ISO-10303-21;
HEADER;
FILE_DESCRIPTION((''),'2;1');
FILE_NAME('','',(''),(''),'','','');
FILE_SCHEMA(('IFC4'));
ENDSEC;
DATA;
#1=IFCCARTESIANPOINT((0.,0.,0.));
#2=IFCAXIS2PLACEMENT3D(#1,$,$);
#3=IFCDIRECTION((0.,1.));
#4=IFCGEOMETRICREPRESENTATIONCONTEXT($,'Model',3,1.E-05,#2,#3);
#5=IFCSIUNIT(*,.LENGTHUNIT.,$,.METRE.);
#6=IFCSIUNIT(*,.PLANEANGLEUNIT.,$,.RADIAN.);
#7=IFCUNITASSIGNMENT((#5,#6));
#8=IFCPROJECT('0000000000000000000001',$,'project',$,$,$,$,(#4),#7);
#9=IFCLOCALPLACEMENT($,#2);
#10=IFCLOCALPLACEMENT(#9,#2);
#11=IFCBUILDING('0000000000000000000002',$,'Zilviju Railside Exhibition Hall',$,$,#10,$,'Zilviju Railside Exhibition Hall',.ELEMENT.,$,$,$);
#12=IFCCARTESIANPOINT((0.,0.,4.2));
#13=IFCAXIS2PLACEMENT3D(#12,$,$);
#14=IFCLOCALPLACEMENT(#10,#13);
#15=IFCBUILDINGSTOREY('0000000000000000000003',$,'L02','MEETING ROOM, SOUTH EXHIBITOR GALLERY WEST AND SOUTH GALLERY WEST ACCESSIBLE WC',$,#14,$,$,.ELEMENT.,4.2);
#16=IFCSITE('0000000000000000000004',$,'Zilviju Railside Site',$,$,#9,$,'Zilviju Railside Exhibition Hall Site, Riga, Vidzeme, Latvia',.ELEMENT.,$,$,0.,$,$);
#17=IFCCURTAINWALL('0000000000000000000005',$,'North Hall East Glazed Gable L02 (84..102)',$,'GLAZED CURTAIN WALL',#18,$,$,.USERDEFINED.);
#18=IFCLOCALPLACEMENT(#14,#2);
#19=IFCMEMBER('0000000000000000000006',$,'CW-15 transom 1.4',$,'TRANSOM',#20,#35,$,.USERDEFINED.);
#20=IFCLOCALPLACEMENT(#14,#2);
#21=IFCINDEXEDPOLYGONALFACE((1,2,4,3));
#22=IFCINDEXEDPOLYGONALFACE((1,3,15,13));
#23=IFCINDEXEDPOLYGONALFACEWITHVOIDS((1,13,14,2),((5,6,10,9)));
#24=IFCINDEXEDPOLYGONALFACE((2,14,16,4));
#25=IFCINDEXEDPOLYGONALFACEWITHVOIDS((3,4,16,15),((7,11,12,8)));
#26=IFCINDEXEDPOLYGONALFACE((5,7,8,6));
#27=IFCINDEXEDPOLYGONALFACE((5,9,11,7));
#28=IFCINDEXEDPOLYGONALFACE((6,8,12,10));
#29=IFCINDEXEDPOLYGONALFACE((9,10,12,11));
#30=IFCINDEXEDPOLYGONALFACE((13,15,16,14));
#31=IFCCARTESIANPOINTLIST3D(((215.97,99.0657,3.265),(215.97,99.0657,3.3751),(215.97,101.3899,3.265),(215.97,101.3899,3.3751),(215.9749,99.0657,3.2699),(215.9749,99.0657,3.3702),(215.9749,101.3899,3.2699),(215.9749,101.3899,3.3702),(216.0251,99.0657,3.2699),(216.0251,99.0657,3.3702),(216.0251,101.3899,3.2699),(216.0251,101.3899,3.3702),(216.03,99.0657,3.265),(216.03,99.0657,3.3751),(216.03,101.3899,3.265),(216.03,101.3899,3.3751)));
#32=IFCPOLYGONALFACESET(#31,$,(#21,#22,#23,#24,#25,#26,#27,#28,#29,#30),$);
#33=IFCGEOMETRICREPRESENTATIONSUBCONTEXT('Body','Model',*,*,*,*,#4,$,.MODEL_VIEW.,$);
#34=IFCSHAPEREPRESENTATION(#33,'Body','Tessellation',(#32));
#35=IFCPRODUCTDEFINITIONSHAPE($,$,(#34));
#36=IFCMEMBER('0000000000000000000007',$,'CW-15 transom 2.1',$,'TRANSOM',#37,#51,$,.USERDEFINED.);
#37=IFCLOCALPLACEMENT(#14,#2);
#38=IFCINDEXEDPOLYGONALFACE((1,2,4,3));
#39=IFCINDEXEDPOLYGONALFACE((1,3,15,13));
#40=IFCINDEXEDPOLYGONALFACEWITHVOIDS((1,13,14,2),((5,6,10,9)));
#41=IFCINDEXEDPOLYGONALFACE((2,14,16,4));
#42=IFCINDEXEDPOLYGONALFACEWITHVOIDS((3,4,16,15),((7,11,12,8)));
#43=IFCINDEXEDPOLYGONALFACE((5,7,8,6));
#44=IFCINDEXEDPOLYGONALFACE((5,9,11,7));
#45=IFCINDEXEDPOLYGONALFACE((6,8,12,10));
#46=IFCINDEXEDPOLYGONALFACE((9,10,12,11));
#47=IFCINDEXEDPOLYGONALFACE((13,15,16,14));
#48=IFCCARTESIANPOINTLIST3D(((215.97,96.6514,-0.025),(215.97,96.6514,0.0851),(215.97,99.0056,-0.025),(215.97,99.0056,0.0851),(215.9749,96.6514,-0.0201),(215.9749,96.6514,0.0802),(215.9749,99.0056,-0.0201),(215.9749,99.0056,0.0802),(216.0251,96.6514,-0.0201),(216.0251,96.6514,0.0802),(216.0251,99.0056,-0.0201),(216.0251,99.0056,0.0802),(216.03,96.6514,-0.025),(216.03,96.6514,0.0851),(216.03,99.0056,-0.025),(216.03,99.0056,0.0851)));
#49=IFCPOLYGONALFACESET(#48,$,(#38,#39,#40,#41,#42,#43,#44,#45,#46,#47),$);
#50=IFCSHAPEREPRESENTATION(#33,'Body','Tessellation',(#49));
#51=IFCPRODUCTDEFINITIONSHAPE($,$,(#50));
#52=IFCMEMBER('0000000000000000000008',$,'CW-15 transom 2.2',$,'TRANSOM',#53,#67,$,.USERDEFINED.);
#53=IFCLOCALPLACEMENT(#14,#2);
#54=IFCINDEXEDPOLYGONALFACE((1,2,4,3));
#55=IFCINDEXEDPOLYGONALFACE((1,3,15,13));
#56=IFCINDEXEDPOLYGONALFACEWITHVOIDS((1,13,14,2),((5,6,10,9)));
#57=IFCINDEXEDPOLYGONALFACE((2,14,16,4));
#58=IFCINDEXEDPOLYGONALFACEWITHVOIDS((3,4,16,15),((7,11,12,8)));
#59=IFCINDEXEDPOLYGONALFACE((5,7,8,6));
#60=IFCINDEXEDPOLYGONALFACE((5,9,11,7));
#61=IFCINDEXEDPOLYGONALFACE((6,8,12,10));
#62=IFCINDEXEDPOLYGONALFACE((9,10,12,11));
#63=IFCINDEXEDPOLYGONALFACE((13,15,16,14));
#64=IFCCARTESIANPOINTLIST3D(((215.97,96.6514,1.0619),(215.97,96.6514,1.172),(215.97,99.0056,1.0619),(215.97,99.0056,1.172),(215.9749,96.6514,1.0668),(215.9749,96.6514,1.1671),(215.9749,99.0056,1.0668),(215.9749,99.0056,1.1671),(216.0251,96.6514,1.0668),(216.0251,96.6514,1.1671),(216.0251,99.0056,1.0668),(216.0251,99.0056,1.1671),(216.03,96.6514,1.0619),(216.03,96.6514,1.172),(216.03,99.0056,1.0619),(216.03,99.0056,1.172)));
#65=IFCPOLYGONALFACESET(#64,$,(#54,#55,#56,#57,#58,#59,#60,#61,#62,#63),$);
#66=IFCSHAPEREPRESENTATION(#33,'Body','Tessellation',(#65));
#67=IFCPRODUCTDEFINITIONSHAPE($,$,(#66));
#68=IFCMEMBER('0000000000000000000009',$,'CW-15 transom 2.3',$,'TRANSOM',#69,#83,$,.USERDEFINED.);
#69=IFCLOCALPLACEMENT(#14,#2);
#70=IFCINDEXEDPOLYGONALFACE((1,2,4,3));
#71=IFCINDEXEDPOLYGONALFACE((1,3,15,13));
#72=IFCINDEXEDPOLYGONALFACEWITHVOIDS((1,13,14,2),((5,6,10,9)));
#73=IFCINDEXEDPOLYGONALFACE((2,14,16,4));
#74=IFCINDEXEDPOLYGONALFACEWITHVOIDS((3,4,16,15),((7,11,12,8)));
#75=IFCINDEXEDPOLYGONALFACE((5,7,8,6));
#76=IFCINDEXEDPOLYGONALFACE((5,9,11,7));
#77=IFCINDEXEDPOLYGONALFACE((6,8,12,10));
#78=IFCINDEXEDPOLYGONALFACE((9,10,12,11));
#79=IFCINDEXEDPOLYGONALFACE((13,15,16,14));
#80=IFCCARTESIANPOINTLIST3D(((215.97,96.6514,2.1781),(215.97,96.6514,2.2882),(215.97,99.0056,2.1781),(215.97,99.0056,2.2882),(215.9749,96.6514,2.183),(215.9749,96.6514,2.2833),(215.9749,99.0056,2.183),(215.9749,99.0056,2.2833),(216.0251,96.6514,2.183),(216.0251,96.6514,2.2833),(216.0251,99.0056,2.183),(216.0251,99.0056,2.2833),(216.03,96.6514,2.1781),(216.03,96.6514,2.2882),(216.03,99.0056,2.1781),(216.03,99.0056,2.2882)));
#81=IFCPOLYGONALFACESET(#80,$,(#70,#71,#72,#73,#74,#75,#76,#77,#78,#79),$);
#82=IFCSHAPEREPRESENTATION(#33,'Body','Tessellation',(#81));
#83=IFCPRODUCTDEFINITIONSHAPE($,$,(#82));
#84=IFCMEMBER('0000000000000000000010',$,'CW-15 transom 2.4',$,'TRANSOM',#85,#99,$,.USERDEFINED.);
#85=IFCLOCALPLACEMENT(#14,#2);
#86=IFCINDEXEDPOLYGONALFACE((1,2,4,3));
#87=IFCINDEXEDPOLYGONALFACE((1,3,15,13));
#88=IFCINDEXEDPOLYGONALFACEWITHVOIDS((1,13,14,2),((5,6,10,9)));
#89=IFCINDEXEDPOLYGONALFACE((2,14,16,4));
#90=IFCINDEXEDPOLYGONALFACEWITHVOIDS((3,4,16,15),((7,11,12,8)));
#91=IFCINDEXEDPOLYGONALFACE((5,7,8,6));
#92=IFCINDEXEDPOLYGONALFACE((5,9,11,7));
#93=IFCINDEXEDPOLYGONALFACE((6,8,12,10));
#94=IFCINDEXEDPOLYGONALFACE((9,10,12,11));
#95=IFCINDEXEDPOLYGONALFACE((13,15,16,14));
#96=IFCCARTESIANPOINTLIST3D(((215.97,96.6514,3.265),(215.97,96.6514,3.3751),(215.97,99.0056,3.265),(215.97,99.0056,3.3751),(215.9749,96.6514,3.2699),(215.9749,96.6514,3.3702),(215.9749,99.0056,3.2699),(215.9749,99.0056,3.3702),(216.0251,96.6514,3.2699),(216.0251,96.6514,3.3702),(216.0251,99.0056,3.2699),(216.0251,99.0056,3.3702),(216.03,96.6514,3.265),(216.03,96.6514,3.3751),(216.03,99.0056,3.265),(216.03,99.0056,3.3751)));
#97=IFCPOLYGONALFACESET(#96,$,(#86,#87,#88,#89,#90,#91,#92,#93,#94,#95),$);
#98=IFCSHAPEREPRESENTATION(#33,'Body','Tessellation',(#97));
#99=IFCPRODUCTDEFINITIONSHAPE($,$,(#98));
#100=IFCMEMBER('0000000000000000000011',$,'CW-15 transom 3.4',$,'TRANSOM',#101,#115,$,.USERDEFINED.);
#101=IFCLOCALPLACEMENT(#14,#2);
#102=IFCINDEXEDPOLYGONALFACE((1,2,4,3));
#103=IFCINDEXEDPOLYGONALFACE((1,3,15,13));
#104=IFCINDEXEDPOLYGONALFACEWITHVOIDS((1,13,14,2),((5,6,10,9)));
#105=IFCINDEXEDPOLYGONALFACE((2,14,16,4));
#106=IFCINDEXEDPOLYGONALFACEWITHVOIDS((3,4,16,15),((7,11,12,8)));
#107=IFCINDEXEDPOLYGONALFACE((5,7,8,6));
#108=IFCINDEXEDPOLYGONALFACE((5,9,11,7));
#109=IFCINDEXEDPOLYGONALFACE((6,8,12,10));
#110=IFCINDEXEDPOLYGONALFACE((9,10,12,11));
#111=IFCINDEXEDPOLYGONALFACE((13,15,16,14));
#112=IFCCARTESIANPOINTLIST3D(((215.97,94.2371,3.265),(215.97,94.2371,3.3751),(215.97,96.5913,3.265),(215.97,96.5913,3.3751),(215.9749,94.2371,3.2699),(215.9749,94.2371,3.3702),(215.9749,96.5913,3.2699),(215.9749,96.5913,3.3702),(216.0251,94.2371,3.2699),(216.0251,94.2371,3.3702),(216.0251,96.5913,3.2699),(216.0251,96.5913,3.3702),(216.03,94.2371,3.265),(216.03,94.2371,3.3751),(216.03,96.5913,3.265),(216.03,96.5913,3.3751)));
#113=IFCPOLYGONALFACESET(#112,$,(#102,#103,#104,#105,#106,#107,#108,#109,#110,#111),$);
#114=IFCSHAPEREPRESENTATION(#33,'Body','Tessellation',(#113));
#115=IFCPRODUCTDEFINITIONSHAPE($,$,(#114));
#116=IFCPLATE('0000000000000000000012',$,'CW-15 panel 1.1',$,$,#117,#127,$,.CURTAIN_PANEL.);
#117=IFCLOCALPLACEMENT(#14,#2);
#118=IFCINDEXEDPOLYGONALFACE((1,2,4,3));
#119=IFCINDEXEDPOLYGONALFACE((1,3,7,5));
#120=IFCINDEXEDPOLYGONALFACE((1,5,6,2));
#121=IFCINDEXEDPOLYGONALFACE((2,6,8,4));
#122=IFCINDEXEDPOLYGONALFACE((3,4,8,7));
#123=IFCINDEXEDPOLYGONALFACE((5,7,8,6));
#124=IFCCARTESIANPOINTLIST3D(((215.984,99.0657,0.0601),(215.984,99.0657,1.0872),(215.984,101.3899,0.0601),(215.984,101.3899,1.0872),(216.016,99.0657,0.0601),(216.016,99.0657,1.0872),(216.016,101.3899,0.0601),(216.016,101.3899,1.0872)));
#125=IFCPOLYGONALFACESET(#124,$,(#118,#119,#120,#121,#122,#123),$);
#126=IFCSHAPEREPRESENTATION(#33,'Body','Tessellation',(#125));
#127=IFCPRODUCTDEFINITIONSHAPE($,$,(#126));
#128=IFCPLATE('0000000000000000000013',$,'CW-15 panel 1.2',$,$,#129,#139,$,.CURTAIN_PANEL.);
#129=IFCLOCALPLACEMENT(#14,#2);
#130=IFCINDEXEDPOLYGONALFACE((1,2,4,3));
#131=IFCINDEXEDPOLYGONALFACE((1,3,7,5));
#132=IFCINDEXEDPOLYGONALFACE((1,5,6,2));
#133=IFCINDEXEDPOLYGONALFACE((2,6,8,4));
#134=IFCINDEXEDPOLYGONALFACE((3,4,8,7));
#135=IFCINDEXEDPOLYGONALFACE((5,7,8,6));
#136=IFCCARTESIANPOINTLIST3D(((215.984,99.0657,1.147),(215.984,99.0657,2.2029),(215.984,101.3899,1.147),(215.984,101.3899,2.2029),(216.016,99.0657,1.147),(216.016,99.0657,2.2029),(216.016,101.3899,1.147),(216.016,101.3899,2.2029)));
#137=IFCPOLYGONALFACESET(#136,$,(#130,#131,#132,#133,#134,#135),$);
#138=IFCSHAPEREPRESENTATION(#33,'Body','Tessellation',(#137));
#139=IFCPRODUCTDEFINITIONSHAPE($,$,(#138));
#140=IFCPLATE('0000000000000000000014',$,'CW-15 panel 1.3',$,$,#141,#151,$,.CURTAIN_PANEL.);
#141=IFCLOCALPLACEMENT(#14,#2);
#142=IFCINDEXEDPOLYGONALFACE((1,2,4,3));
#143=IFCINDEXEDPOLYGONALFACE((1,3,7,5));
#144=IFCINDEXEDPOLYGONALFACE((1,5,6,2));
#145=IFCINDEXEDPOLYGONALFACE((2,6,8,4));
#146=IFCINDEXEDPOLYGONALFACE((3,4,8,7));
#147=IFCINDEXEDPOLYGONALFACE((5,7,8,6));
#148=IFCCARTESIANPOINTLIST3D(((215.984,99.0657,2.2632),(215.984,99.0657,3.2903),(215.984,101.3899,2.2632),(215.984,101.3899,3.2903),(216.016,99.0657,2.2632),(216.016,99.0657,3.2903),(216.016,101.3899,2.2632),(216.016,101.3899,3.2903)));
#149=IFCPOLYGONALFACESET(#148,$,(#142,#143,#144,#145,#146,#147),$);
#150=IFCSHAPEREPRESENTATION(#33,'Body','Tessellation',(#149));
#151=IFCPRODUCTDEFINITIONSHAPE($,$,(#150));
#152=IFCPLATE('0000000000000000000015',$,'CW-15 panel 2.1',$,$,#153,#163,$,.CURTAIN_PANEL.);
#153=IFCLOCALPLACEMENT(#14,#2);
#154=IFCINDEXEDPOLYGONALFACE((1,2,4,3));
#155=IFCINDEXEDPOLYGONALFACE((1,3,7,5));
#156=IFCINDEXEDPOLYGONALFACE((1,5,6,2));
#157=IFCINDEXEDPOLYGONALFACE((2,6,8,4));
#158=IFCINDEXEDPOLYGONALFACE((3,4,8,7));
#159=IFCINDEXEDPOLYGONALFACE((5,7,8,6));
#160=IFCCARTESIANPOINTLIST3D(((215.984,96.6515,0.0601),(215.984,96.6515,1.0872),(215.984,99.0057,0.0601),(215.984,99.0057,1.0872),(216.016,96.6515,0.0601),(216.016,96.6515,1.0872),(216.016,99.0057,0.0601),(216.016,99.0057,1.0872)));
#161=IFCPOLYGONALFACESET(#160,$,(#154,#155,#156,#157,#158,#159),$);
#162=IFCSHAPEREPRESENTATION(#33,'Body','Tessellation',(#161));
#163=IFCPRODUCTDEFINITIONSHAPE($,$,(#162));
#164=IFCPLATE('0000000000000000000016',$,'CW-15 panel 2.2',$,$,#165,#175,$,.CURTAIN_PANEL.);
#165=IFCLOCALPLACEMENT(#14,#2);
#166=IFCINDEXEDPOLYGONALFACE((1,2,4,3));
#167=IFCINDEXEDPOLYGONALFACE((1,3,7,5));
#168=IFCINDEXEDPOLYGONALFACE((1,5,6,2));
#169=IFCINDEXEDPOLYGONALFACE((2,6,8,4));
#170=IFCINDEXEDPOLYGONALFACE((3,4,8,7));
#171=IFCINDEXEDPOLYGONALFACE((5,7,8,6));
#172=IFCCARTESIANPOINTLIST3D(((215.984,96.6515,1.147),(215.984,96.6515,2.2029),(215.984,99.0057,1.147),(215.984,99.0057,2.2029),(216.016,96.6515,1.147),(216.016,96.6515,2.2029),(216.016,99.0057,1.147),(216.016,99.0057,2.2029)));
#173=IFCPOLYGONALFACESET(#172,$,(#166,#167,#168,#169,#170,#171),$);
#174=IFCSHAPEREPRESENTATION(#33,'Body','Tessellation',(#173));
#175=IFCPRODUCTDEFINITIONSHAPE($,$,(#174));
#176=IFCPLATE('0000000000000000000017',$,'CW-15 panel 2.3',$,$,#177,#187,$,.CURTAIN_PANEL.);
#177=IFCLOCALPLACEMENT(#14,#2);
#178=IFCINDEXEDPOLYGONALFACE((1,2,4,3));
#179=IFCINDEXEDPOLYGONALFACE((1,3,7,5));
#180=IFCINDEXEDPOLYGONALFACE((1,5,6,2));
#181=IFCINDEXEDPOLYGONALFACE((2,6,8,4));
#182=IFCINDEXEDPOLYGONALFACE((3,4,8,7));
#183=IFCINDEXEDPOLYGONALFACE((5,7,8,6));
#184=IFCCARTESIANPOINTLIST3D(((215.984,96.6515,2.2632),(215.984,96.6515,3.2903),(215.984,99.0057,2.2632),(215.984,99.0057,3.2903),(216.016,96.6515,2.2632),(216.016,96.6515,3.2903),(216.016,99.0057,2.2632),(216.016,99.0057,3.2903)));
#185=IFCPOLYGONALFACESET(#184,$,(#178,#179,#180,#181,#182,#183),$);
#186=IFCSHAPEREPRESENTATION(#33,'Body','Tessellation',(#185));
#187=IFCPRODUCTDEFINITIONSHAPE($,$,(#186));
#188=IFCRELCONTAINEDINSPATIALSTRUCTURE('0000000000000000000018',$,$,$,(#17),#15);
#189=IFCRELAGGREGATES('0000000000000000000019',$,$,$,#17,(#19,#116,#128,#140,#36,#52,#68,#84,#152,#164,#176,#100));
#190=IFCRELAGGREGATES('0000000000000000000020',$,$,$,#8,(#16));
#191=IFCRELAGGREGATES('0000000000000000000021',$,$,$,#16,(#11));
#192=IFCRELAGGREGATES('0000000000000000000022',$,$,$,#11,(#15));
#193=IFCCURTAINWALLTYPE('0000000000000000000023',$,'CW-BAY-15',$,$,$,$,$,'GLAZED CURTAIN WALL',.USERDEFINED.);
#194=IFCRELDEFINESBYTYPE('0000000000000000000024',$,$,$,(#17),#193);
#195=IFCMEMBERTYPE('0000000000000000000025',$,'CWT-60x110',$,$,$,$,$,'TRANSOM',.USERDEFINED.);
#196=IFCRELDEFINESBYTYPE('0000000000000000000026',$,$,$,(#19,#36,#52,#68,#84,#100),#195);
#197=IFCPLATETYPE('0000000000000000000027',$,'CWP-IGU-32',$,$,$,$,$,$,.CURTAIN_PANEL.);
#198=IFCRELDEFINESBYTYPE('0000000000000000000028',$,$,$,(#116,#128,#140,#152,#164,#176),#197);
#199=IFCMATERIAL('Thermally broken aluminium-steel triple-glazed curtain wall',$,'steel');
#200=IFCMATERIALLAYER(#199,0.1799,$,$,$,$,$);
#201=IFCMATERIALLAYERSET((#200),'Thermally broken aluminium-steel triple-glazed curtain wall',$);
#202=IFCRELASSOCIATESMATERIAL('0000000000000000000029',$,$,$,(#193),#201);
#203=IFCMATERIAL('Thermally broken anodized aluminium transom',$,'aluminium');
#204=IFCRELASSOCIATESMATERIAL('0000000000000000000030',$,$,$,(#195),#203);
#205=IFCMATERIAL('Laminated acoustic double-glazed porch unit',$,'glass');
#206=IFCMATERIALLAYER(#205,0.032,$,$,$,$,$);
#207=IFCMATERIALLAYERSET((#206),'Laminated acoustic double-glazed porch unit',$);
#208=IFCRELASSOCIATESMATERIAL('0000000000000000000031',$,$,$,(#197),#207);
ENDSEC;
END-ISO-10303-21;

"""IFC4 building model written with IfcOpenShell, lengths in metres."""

from ifc_helpers import new_model, si_unit, direction, frame, origin, origin_2d, place, context, subcontext, project, spatial, rectangle, hollow_rectangle, extrude, material, layer, layer_set, material_profile, profile_set, type_object, element, aggregate, save


model = new_model("IFC4")

# Units and contexts
model_context = context("Model", 3, precision=1e-05, world=origin(), true_north=direction((0.0, 1.0)))
body_context = subcontext(model_context, "Body", "Model", "MODEL_VIEW")
ifc_project = project(units=[si_unit("LENGTHUNIT", "METRE"), si_unit("PLANEANGLEUNIT", "RADIAN")], contexts=[model_context])

# Site, building, storey
site_placement = place(None, origin())
site = spatial("IfcSite", under=ifc_project, at=site_placement, Name="Zilviju Railside Site", LongName="Zilviju Railside Exhibition Hall Site, Riga, Vidzeme, Latvia", CompositionType="ELEMENT", RefElevation=0.0)
building_placement = place(site_placement, origin())
building = spatial("IfcBuilding", under=site, at=building_placement, Name="Zilviju Railside Exhibition Hall", LongName="Zilviju Railside Exhibition Hall", CompositionType="ELEMENT")
storey_placement = place(building_placement, frame((0.0, 0.0, 4.2)))
storey = spatial("IfcBuildingStorey", under=building, at=storey_placement, Name="L02", Description="MEETING ROOM, SOUTH EXHIBITOR GALLERY WEST AND SOUTH GALLERY WEST ACCESSIBLE WC", CompositionType="ELEMENT", Elevation=4.2)

# Curtain wall, members, plates
ifc_material_1 = material(Name="Thermally broken aluminium-steel triple-glazed curtain wall", Category="steel")
ifc_layer_1 = layer(ifc_material_1, 0.1799)
ifc_layer_set_1 = layer_set([ifc_layer_1], Name="Thermally broken aluminium-steel triple-glazed curtain wall")
curtain_wall_type = type_object("IfcCurtainWallType", Name="CW-BAY-15", ElementType="GLAZED CURTAIN WALL", PredefinedType="USERDEFINED", material=ifc_layer_set_1)
curtain_wall_placement = place(storey_placement, origin())
curtain_wall = element("IfcCurtainWall", 1, at=curtain_wall_placement, inside=storey, type_object=curtain_wall_type, Name="North Hall East Glazed Gable L02 (84..102)", ObjectType="GLAZED CURTAIN WALL", PredefinedType="USERDEFINED")
ifc_material_2 = material(Name="Thermally broken anodized aluminium transom", Category="aluminium")
ifc_material_profile_1 = material_profile(ifc_material_2, hollow_rectangle(XDim=0.0601, YDim=0.1101, WallThickness=0.0049, at=origin_2d()), Name="TRANSOM 110x60x5")
ifc_profile_set_1 = profile_set([ifc_material_profile_1], Name="Thermally broken anodized aluminium transom")
member_type_1 = type_object("IfcMemberType", Name="CWT-60x110", ElementType="TRANSOM", PredefinedType="USERDEFINED", material=ifc_profile_set_1)
member_1_placement = place(storey_placement, frame((216.0, 101.3899, 3.3201), z_axis=(0.0, -1.0, 0.0), x_axis=(1.0, 0.0, 0.0)))
member_1 = element("IfcMember", 2, at=member_1_placement, type_object=member_type_1, Name="CW-15 transom 1.4", ObjectType="TRANSOM", PredefinedType="USERDEFINED", context=body_context, shape_type="SweptSolid", body=[
    extrude(hollow_rectangle(XDim=0.0601, YDim=0.1101, WallThickness=0.0049, at=origin_2d()), origin(), (0.0, 0.0, 1.0), 2.3242),
])
member_2_placement = place(storey_placement, frame((216.0, 99.0056, 0.03), z_axis=(0.0, -1.0, 0.0), x_axis=(1.0, 0.0, 0.0)))
member_2 = element("IfcMember", 3, at=member_2_placement, type_object=member_type_1, Name="CW-15 transom 2.1", ObjectType="TRANSOM", PredefinedType="USERDEFINED", context=body_context, shape_type="SweptSolid", body=[
    extrude(hollow_rectangle(XDim=0.0601, YDim=0.1101, WallThickness=0.0049, at=origin_2d()), origin(), (0.0, 0.0, 1.0), 2.3542),
])
member_3_placement = place(storey_placement, frame((216.0, 99.0056, 1.1169), z_axis=(0.0, -1.0, 0.0), x_axis=(1.0, 0.0, 0.0)))
member_3 = element("IfcMember", 4, at=member_3_placement, type_object=member_type_1, Name="CW-15 transom 2.2", ObjectType="TRANSOM", PredefinedType="USERDEFINED", context=body_context, shape_type="SweptSolid", body=[
    extrude(hollow_rectangle(XDim=0.0601, YDim=0.1101, WallThickness=0.0049, at=origin_2d()), origin(), (0.0, 0.0, 1.0), 2.3542),
])
member_4_placement = place(storey_placement, frame((216.0, 99.0056, 2.2332), z_axis=(0.0, -1.0, 0.0), x_axis=(1.0, 0.0, 0.0)))
member_4 = element("IfcMember", 5, at=member_4_placement, type_object=member_type_1, Name="CW-15 transom 2.3", ObjectType="TRANSOM", PredefinedType="USERDEFINED", context=body_context, shape_type="SweptSolid", body=[
    extrude(hollow_rectangle(XDim=0.0601, YDim=0.1101, WallThickness=0.0049, at=origin_2d()), origin(), (0.0, 0.0, 1.0), 2.3542),
])
member_5_placement = place(storey_placement, frame((216.0, 99.0056, 3.3201), z_axis=(0.0, -1.0, 0.0), x_axis=(1.0, 0.0, 0.0)))
member_5 = element("IfcMember", 6, at=member_5_placement, type_object=member_type_1, Name="CW-15 transom 2.4", ObjectType="TRANSOM", PredefinedType="USERDEFINED", context=body_context, shape_type="SweptSolid", body=[
    extrude(hollow_rectangle(XDim=0.0601, YDim=0.1101, WallThickness=0.0049, at=origin_2d()), origin(), (0.0, 0.0, 1.0), 2.3542),
])
member_6_placement = place(storey_placement, frame((216.0, 96.5913, 3.3201), z_axis=(0.0, -1.0, 0.0), x_axis=(1.0, 0.0, 0.0)))
member_6 = element("IfcMember", 7, at=member_6_placement, type_object=member_type_1, Name="CW-15 transom 3.4", ObjectType="TRANSOM", PredefinedType="USERDEFINED", context=body_context, shape_type="SweptSolid", body=[
    extrude(hollow_rectangle(XDim=0.0601, YDim=0.1101, WallThickness=0.0049, at=origin_2d()), origin(), (0.0, 0.0, 1.0), 2.3542),
])
ifc_material_3 = material(Name="Laminated acoustic double-glazed porch unit", Category="glass")
ifc_layer_2 = layer(ifc_material_3, 0.032)
ifc_layer_set_2 = layer_set([ifc_layer_2], Name="Laminated acoustic double-glazed porch unit")
plate_type = type_object("IfcPlateType", Name="CWP-IGU-32", PredefinedType="CURTAIN_PANEL", material=ifc_layer_set_2)
plate_1_placement = place(storey_placement, frame((216.0, 100.2278, 0.0601), z_axis=(0.0, 0.0, 1.0), x_axis=(0.0, -1.0, 0.0)))
plate_1 = element("IfcPlate", 8, at=plate_1_placement, type_object=plate_type, Name="CW-15 panel 1.1", PredefinedType="CURTAIN_PANEL", context=body_context, shape_type="SweptSolid", body=[
    extrude(rectangle(XDim=2.3242, YDim=0.032, at=origin_2d()), origin(), (0.0, 0.0, 1.0), 1.0271),
])
plate_2_placement = place(storey_placement, frame((216.0, 100.2278, 1.147), z_axis=(0.0, 0.0, 1.0), x_axis=(0.0, -1.0, 0.0)))
plate_2 = element("IfcPlate", 9, at=plate_2_placement, type_object=plate_type, Name="CW-15 panel 1.2", PredefinedType="CURTAIN_PANEL", context=body_context, shape_type="SweptSolid", body=[
    extrude(rectangle(XDim=2.3242, YDim=0.032, at=origin_2d()), origin(), (0.0, 0.0, 1.0), 1.0559),
])
plate_3_placement = place(storey_placement, frame((216.0, 100.2278, 2.2632), z_axis=(0.0, 0.0, 1.0), x_axis=(0.0, -1.0, 0.0)))
plate_3 = element("IfcPlate", 10, at=plate_3_placement, type_object=plate_type, Name="CW-15 panel 1.3", PredefinedType="CURTAIN_PANEL", context=body_context, shape_type="SweptSolid", body=[
    extrude(rectangle(XDim=2.3242, YDim=0.032, at=origin_2d()), origin(), (0.0, 0.0, 1.0), 1.0271),
])
plate_4_placement = place(storey_placement, frame((216.0, 97.8286, 0.0601), z_axis=(0.0, 0.0, 1.0), x_axis=(0.0, -1.0, 0.0)))
plate_4 = element("IfcPlate", 11, at=plate_4_placement, type_object=plate_type, Name="CW-15 panel 2.1", PredefinedType="CURTAIN_PANEL", context=body_context, shape_type="SweptSolid", body=[
    extrude(rectangle(XDim=2.3542, YDim=0.032, at=origin_2d()), origin(), (0.0, 0.0, 1.0), 1.0271),
])
plate_5_placement = place(storey_placement, frame((216.0, 97.8286, 1.147), z_axis=(0.0, 0.0, 1.0), x_axis=(0.0, -1.0, 0.0)))
plate_5 = element("IfcPlate", 12, at=plate_5_placement, type_object=plate_type, Name="CW-15 panel 2.2", PredefinedType="CURTAIN_PANEL", context=body_context, shape_type="SweptSolid", body=[
    extrude(rectangle(XDim=2.3542, YDim=0.032, at=origin_2d()), origin(), (0.0, 0.0, 1.0), 1.0559),
])
plate_6_placement = place(storey_placement, frame((216.0, 97.8286, 2.2632), z_axis=(0.0, 0.0, 1.0), x_axis=(0.0, -1.0, 0.0)))
plate_6 = element("IfcPlate", 13, at=plate_6_placement, type_object=plate_type, Name="CW-15 panel 2.3", PredefinedType="CURTAIN_PANEL", context=body_context, shape_type="SweptSolid", body=[
    extrude(rectangle(XDim=2.3542, YDim=0.032, at=origin_2d()), origin(), (0.0, 0.0, 1.0), 1.0271),
])
aggregate(curtain_wall, [member_1, plate_1, plate_2, plate_3, member_2, member_3, member_4, member_5, plate_4, plate_5, plate_6, member_6])

save(model, "model.ifc")
